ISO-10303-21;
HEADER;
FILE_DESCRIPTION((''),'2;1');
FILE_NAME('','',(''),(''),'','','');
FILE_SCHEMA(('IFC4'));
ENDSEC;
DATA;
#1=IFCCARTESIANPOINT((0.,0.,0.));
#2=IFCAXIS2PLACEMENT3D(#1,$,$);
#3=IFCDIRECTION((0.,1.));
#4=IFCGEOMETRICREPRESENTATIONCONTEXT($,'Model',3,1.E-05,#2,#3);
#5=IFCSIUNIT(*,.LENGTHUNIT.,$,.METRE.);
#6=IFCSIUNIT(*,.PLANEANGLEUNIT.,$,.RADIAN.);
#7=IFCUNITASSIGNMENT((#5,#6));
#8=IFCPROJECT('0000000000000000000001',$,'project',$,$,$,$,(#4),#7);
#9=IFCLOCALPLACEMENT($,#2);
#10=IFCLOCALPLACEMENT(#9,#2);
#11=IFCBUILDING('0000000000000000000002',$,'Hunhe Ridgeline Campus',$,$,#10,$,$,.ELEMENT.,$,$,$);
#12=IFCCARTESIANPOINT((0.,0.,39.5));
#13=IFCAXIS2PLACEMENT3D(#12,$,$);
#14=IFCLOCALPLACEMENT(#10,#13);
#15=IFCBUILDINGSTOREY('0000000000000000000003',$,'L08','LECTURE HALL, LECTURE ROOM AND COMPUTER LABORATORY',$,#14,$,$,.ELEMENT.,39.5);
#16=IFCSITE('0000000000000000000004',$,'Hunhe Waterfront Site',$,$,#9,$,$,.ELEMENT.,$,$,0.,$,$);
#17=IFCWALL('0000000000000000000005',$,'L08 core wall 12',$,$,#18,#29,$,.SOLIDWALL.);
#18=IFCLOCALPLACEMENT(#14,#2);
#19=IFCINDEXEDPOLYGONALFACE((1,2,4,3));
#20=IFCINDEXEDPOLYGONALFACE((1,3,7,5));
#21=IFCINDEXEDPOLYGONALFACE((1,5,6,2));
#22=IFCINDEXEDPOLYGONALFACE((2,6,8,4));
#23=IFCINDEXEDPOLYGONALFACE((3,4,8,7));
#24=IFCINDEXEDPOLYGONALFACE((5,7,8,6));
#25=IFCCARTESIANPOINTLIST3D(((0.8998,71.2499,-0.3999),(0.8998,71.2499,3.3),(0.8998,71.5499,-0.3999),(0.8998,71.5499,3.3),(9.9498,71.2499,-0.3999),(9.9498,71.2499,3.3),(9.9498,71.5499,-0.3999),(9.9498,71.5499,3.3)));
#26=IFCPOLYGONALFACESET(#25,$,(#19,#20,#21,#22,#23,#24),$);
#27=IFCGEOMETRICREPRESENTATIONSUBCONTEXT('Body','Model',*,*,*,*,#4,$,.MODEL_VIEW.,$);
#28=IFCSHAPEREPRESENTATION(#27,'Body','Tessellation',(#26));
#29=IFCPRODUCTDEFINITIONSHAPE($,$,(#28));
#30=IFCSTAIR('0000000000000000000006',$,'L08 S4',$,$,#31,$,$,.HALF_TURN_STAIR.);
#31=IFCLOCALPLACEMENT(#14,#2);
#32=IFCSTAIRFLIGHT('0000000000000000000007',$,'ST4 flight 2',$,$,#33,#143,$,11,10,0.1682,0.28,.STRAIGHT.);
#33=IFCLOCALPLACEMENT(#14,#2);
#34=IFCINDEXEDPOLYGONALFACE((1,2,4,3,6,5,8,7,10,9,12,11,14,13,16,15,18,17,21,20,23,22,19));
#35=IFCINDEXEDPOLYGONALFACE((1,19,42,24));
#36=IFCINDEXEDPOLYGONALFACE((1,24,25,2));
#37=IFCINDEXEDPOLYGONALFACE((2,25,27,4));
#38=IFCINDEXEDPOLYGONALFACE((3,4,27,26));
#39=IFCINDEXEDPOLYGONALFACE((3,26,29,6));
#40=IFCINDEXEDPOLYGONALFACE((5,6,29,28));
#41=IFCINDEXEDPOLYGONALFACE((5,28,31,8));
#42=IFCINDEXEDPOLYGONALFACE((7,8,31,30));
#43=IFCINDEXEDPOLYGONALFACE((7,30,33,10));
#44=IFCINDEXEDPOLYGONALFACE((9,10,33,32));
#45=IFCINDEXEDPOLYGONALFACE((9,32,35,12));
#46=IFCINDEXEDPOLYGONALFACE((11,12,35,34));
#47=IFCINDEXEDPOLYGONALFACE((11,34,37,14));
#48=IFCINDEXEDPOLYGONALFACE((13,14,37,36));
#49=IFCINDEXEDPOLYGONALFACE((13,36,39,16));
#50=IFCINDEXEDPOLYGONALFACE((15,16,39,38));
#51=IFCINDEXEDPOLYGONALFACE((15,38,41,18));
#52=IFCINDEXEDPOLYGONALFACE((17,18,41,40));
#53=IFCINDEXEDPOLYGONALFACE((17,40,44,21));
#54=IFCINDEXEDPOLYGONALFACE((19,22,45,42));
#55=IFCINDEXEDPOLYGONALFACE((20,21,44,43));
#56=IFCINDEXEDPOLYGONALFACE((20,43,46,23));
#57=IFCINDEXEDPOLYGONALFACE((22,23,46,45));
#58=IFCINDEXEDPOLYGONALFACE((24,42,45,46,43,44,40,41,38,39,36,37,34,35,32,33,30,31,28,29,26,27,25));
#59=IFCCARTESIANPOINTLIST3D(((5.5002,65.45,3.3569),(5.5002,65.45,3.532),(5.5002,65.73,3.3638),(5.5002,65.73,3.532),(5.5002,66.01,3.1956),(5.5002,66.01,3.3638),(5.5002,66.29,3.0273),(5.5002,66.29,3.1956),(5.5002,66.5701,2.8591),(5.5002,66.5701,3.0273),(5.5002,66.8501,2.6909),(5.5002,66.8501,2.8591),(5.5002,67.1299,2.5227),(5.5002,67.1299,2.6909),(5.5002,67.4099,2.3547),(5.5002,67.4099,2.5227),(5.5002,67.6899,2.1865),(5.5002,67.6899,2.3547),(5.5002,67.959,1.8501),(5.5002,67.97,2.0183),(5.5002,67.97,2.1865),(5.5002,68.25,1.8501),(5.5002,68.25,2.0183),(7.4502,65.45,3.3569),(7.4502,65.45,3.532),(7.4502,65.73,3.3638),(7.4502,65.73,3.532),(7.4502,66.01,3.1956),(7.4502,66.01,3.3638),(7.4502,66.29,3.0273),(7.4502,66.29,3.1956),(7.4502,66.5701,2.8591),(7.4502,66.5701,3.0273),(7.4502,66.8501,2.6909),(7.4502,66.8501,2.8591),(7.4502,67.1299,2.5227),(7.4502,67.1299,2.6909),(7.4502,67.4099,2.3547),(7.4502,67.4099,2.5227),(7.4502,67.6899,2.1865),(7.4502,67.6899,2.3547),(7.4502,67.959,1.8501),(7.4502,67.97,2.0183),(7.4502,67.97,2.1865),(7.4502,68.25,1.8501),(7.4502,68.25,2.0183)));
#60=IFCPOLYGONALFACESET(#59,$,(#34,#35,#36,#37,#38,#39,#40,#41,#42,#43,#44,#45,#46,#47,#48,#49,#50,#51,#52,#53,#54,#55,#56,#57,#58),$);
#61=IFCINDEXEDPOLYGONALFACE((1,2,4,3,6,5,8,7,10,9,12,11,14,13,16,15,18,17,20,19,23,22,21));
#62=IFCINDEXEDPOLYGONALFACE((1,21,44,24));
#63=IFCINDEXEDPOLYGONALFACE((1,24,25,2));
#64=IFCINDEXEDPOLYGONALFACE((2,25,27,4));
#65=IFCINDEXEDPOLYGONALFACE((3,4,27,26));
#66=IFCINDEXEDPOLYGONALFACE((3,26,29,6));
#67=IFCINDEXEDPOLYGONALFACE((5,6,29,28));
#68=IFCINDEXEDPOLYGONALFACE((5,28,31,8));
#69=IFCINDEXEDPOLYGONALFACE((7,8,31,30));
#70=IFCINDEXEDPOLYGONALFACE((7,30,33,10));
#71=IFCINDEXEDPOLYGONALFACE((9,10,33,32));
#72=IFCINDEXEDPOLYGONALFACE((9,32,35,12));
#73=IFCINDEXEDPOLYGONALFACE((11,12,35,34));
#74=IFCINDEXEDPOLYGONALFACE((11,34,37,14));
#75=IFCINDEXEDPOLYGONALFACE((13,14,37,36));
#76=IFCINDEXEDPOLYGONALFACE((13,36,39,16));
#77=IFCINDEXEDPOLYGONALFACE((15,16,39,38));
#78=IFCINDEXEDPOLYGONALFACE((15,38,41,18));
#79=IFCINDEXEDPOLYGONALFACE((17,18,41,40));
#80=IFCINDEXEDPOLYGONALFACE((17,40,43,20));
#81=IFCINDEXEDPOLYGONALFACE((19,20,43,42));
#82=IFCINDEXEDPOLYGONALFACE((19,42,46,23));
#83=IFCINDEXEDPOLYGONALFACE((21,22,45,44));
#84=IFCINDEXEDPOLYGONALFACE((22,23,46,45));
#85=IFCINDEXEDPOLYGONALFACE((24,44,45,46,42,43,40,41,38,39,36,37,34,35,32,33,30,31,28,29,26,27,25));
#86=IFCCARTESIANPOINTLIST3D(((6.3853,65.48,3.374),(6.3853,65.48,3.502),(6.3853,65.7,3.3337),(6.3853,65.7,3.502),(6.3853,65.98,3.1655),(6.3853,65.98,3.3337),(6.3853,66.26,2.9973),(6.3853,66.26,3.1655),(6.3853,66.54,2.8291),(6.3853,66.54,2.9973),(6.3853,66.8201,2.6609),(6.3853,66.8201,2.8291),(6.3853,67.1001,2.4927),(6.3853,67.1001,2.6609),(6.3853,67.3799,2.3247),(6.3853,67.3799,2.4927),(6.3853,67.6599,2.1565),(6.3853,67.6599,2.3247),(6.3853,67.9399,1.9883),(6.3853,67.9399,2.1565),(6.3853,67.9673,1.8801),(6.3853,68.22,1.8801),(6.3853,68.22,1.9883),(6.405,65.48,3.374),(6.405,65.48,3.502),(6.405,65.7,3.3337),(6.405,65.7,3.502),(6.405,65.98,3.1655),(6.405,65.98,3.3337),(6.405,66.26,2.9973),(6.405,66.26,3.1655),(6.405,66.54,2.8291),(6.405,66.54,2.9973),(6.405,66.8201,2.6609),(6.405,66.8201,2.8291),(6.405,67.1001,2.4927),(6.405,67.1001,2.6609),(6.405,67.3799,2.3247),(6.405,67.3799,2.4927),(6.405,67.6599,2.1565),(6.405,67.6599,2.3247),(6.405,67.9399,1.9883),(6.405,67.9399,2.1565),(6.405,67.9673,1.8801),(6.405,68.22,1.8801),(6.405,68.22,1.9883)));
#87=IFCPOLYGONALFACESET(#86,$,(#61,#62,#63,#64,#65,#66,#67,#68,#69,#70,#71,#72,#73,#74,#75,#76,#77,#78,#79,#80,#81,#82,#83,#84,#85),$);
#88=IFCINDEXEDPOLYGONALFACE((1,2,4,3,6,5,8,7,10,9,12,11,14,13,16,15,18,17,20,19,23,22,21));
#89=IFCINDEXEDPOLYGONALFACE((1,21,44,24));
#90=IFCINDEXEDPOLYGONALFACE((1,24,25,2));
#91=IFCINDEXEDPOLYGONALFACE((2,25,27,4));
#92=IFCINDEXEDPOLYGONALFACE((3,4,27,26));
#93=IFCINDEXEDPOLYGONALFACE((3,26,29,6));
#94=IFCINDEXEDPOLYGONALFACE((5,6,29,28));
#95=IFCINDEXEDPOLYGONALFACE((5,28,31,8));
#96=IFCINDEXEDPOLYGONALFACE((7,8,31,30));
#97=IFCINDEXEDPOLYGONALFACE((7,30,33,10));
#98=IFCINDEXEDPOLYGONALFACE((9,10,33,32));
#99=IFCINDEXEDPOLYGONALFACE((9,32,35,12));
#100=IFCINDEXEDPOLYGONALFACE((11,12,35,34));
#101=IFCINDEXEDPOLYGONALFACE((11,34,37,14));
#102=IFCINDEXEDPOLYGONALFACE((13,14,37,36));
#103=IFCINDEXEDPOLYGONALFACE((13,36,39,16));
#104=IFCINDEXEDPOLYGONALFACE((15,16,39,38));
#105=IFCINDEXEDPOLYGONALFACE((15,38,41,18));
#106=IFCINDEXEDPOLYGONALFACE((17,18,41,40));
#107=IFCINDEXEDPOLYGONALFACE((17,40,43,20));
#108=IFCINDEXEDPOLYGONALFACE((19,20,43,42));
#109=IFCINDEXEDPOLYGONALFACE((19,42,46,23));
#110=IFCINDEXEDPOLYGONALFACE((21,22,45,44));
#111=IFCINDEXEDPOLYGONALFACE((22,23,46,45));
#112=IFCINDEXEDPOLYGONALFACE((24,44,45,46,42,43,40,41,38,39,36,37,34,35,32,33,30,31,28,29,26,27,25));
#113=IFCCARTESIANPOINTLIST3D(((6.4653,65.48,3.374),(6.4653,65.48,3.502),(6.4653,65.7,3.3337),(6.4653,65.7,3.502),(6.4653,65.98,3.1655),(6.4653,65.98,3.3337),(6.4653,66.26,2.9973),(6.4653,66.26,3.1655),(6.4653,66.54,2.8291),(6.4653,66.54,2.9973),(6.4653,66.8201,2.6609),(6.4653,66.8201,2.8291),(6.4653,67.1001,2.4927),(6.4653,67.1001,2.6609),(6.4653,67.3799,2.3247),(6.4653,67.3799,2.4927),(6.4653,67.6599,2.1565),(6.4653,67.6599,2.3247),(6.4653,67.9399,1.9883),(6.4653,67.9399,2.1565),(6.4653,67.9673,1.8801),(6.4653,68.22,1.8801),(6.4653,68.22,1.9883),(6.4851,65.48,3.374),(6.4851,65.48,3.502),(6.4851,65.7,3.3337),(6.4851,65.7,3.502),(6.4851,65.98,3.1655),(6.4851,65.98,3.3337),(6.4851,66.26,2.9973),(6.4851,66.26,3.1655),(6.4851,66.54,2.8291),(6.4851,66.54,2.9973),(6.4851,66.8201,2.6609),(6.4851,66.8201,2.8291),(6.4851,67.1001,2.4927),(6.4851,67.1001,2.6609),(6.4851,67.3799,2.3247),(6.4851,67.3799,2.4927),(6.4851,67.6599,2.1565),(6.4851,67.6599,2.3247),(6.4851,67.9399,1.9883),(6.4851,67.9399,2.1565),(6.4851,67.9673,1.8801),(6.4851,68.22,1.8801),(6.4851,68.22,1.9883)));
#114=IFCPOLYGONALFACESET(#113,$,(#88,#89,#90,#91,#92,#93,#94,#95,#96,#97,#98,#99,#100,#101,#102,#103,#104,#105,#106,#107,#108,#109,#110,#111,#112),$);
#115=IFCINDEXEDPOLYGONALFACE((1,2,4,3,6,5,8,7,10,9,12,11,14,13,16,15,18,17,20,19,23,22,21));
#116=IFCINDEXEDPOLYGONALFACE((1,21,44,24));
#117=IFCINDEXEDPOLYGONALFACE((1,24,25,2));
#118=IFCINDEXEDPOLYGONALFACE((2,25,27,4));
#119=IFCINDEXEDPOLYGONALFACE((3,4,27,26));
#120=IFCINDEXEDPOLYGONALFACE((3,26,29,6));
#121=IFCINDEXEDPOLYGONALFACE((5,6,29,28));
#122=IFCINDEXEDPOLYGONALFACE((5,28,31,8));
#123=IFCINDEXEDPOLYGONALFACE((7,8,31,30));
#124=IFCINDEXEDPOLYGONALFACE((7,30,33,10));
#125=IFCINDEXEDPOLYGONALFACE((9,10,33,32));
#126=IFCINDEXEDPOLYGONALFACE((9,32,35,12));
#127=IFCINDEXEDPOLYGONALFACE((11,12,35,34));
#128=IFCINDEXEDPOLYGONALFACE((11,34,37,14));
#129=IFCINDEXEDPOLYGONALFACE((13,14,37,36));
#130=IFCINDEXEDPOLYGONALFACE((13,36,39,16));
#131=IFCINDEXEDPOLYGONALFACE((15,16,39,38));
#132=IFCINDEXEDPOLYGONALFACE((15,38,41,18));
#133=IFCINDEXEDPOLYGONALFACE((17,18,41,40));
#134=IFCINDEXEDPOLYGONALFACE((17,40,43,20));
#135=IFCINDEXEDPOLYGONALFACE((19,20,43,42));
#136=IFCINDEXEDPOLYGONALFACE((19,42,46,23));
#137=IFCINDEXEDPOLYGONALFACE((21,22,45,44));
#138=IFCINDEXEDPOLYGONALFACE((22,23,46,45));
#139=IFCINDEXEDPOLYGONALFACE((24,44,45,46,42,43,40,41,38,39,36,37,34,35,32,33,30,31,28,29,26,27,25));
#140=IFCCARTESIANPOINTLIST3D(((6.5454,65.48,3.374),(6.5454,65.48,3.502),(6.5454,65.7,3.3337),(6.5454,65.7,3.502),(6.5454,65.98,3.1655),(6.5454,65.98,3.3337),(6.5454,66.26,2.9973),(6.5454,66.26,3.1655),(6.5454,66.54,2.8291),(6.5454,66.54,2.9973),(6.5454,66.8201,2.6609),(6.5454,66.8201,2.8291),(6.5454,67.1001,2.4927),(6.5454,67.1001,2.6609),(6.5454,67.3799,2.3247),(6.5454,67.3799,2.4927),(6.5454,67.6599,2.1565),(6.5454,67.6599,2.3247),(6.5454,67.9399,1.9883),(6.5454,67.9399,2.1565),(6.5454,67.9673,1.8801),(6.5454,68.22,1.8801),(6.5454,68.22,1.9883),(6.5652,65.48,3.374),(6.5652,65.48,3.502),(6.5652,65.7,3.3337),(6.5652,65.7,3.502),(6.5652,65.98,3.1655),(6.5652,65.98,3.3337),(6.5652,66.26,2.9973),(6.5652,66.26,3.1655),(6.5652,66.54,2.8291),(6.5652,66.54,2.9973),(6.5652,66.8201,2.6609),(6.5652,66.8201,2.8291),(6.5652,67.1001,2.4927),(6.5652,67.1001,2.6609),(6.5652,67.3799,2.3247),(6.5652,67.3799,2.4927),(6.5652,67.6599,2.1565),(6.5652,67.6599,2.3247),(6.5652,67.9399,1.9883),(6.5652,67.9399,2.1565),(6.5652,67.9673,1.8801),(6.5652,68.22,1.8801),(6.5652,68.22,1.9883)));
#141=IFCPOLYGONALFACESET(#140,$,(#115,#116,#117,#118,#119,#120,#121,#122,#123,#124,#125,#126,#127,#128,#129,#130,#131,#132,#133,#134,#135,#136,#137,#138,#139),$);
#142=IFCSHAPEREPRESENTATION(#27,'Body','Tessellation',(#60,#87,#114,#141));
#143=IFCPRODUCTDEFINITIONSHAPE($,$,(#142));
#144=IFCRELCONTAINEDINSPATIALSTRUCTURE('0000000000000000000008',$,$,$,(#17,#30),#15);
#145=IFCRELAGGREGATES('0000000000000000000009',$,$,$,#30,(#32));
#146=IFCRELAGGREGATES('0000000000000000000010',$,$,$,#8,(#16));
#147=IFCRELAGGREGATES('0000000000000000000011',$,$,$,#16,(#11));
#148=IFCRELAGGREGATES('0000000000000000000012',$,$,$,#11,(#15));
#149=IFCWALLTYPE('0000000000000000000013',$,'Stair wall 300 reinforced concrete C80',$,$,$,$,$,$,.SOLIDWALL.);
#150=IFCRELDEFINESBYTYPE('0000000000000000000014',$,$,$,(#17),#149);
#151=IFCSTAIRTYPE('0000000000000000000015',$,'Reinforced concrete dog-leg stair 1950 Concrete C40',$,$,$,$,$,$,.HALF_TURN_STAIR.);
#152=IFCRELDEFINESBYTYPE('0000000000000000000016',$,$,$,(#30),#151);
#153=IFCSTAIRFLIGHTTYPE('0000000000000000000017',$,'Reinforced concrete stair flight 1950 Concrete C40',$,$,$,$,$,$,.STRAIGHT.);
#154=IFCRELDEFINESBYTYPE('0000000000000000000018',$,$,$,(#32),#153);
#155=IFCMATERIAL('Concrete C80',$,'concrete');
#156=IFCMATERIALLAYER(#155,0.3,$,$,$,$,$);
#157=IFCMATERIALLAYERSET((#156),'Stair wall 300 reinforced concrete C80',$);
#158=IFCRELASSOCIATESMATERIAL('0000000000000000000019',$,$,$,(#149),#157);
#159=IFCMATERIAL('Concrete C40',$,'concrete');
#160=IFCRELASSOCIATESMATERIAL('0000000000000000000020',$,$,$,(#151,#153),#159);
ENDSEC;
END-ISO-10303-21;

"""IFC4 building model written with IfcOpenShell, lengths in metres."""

from ifc_helpers import new_model, si_unit, direction, frame, frame_2d, origin, place, context, subcontext, project, spatial, polyline, rectangle, outline, extrude, material, layer, layer_set, type_object, element, aggregate, save


model = new_model("IFC4")

# Units and contexts
model_context = context("Model", 3, precision=1e-05, world=origin(), true_north=direction((0.0, 1.0)))
body_context = subcontext(model_context, "Body", "Model", "MODEL_VIEW")
ifc_project = project(units=[si_unit("LENGTHUNIT", "METRE"), si_unit("PLANEANGLEUNIT", "RADIAN")], contexts=[model_context])

# Site, building, storey
site_placement = place(None, origin())
site = spatial("IfcSite", under=ifc_project, at=site_placement, Name="Hunhe Waterfront Site", CompositionType="ELEMENT", RefElevation=0.0)
building_placement = place(site_placement, origin())
building = spatial("IfcBuilding", under=site, at=building_placement, Name="Hunhe Ridgeline Campus", CompositionType="ELEMENT")
storey_placement = place(building_placement, frame((0.0, 0.0, 39.5)))
storey = spatial("IfcBuildingStorey", under=building, at=storey_placement, Name="L08", Description="LECTURE HALL, LECTURE ROOM AND COMPUTER LABORATORY", CompositionType="ELEMENT", Elevation=39.5)

# Wall
ifc_material_1 = material(Name="Concrete C80", Category="concrete")
ifc_layer_1 = layer(ifc_material_1, 0.3)
ifc_layer_set_1 = layer_set([ifc_layer_1], Name="Stair wall 300 reinforced concrete C80")
wall_type_1 = type_object("IfcWallType", Name="Stair wall 300 reinforced concrete C80", PredefinedType="SOLIDWALL", material=ifc_layer_set_1)
wall_1_placement = place(storey_placement, frame((0.8999, 71.3999, -0.3999), z_axis=(0.0, 0.0, 1.0), x_axis=(1.0, 0.0, 0.0)))
element("IfcWall", 1, at=wall_1_placement, inside=storey, type_object=wall_type_1, Name="L08 core wall 12", PredefinedType="SOLIDWALL", context=body_context, shape_type="SweptSolid", body=[
    extrude(rectangle(XDim=9.05, YDim=0.3, at=frame_2d((4.5249, 0.0))), origin(), (0.0, 0.0, 1.0), 3.7),
])

# Stair, stair flight
ifc_material_2 = material(Name="Concrete C40", Category="concrete")
stair_type = type_object("IfcStairType", Name="Reinforced concrete dog-leg stair 1950 Concrete C40", PredefinedType="HALF_TURN_STAIR", material=ifc_material_2)
stair_placement = place(storey_placement, origin())
stair = element("IfcStair", 2, at=stair_placement, inside=storey, type_object=stair_type, Name="L08 S4", PredefinedType="HALF_TURN_STAIR")
stair_flight_type = type_object("IfcStairFlightType", Name="Reinforced concrete stair flight 1950 Concrete C40", PredefinedType="STRAIGHT", material=ifc_material_2)
stair_flight_placement = place(storey_placement, frame((6.4751, 68.25, 1.8501), z_axis=(0.0, 0.0, 1.0), x_axis=(0.0, -1.0, 0.0)))
stair_flight = element("IfcStairFlight", 3, at=stair_flight_placement, type_object=stair_flight_type, Name="ST4 flight 2", NumberOfRisers=11, NumberOfTreads=10, PredefinedType="STRAIGHT", RiserHeight=0.1682, TreadLength=0.28, context=body_context, shape_type="SweptSolid", body=[
    extrude(outline(polyline([(0.0, 0.0), (0.0, 0.1682), (0.28, 0.1682), (0.28, 0.3364), (0.5601, 0.3364), (0.5601, 0.5046), (0.8401, 0.5046), (0.8401, 0.6726), (1.1201, 0.6726), (1.1201, 0.8408), (1.3999, 0.8408), (1.3999, 1.009), (1.6799, 1.009), (1.6799, 1.1772), (1.96, 1.1772), (1.96, 1.3455), (2.24, 1.3455), (2.24, 1.5137), (2.52, 1.5137), (2.52, 1.6819), (2.8, 1.6819), (2.8, 1.8501), (2.8, 1.5068), (0.291, 0.0), (0.0, 0.0)])), frame((0.0, 0.9751, 0.0), z_axis=(0.0, -1.0, 0.0), x_axis=(1.0, 0.0, 0.0)), (0.0, 0.0, 1.0), 1.95),
    extrude(outline(polyline([(0.03, 0.03), (0.03, 0.1382), (0.3101, 0.1382), (0.3101, 0.3064), (0.5901, 0.3064), (0.5901, 0.4746), (0.8701, 0.4746), (0.8701, 0.6426), (1.1499, 0.6426), (1.1499, 0.8108), (1.4299, 0.8108), (1.4299, 0.979), (1.71, 0.979), (1.71, 1.1472), (1.99, 1.1472), (1.99, 1.3154), (2.27, 1.3154), (2.27, 1.4836), (2.55, 1.4836), (2.55, 1.6519), (2.77, 1.6519), (2.77, 1.5239), (0.2827, 0.03), (0.03, 0.03)])), frame((0.0, -0.0701, 0.0), z_axis=(0.0, -1.0, 0.0), x_axis=(1.0, 0.0, 0.0)), (0.0, 0.0, 1.0), 0.0198),
    extrude(outline(polyline([(0.03, 0.03), (0.03, 0.1382), (0.3101, 0.1382), (0.3101, 0.3064), (0.5901, 0.3064), (0.5901, 0.4746), (0.8701, 0.4746), (0.8701, 0.6426), (1.1499, 0.6426), (1.1499, 0.8108), (1.4299, 0.8108), (1.4299, 0.979), (1.71, 0.979), (1.71, 1.1472), (1.99, 1.1472), (1.99, 1.3154), (2.27, 1.3154), (2.27, 1.4836), (2.55, 1.4836), (2.55, 1.6519), (2.77, 1.6519), (2.77, 1.5239), (0.2827, 0.03), (0.03, 0.03)])), frame((0.0, 0.01, 0.0), z_axis=(0.0, -1.0, 0.0), x_axis=(1.0, 0.0, 0.0)), (0.0, 0.0, 1.0), 0.0198),
    extrude(outline(polyline([(0.03, 0.03), (0.03, 0.1382), (0.3101, 0.1382), (0.3101, 0.3064), (0.5901, 0.3064), (0.5901, 0.4746), (0.8701, 0.4746), (0.8701, 0.6426), (1.1499, 0.6426), (1.1499, 0.8108), (1.4299, 0.8108), (1.4299, 0.979), (1.71, 0.979), (1.71, 1.1472), (1.99, 1.1472), (1.99, 1.3154), (2.27, 1.3154), (2.27, 1.4836), (2.55, 1.4836), (2.55, 1.6519), (2.77, 1.6519), (2.77, 1.5239), (0.2827, 0.03), (0.03, 0.03)])), frame((0.0, 0.0901, 0.0), z_axis=(0.0, -1.0, 0.0), x_axis=(1.0, 0.0, 0.0)), (0.0, 0.0, 1.0), 0.0198),
])
aggregate(stair, [stair_flight])

save(model, "model.ifc")
